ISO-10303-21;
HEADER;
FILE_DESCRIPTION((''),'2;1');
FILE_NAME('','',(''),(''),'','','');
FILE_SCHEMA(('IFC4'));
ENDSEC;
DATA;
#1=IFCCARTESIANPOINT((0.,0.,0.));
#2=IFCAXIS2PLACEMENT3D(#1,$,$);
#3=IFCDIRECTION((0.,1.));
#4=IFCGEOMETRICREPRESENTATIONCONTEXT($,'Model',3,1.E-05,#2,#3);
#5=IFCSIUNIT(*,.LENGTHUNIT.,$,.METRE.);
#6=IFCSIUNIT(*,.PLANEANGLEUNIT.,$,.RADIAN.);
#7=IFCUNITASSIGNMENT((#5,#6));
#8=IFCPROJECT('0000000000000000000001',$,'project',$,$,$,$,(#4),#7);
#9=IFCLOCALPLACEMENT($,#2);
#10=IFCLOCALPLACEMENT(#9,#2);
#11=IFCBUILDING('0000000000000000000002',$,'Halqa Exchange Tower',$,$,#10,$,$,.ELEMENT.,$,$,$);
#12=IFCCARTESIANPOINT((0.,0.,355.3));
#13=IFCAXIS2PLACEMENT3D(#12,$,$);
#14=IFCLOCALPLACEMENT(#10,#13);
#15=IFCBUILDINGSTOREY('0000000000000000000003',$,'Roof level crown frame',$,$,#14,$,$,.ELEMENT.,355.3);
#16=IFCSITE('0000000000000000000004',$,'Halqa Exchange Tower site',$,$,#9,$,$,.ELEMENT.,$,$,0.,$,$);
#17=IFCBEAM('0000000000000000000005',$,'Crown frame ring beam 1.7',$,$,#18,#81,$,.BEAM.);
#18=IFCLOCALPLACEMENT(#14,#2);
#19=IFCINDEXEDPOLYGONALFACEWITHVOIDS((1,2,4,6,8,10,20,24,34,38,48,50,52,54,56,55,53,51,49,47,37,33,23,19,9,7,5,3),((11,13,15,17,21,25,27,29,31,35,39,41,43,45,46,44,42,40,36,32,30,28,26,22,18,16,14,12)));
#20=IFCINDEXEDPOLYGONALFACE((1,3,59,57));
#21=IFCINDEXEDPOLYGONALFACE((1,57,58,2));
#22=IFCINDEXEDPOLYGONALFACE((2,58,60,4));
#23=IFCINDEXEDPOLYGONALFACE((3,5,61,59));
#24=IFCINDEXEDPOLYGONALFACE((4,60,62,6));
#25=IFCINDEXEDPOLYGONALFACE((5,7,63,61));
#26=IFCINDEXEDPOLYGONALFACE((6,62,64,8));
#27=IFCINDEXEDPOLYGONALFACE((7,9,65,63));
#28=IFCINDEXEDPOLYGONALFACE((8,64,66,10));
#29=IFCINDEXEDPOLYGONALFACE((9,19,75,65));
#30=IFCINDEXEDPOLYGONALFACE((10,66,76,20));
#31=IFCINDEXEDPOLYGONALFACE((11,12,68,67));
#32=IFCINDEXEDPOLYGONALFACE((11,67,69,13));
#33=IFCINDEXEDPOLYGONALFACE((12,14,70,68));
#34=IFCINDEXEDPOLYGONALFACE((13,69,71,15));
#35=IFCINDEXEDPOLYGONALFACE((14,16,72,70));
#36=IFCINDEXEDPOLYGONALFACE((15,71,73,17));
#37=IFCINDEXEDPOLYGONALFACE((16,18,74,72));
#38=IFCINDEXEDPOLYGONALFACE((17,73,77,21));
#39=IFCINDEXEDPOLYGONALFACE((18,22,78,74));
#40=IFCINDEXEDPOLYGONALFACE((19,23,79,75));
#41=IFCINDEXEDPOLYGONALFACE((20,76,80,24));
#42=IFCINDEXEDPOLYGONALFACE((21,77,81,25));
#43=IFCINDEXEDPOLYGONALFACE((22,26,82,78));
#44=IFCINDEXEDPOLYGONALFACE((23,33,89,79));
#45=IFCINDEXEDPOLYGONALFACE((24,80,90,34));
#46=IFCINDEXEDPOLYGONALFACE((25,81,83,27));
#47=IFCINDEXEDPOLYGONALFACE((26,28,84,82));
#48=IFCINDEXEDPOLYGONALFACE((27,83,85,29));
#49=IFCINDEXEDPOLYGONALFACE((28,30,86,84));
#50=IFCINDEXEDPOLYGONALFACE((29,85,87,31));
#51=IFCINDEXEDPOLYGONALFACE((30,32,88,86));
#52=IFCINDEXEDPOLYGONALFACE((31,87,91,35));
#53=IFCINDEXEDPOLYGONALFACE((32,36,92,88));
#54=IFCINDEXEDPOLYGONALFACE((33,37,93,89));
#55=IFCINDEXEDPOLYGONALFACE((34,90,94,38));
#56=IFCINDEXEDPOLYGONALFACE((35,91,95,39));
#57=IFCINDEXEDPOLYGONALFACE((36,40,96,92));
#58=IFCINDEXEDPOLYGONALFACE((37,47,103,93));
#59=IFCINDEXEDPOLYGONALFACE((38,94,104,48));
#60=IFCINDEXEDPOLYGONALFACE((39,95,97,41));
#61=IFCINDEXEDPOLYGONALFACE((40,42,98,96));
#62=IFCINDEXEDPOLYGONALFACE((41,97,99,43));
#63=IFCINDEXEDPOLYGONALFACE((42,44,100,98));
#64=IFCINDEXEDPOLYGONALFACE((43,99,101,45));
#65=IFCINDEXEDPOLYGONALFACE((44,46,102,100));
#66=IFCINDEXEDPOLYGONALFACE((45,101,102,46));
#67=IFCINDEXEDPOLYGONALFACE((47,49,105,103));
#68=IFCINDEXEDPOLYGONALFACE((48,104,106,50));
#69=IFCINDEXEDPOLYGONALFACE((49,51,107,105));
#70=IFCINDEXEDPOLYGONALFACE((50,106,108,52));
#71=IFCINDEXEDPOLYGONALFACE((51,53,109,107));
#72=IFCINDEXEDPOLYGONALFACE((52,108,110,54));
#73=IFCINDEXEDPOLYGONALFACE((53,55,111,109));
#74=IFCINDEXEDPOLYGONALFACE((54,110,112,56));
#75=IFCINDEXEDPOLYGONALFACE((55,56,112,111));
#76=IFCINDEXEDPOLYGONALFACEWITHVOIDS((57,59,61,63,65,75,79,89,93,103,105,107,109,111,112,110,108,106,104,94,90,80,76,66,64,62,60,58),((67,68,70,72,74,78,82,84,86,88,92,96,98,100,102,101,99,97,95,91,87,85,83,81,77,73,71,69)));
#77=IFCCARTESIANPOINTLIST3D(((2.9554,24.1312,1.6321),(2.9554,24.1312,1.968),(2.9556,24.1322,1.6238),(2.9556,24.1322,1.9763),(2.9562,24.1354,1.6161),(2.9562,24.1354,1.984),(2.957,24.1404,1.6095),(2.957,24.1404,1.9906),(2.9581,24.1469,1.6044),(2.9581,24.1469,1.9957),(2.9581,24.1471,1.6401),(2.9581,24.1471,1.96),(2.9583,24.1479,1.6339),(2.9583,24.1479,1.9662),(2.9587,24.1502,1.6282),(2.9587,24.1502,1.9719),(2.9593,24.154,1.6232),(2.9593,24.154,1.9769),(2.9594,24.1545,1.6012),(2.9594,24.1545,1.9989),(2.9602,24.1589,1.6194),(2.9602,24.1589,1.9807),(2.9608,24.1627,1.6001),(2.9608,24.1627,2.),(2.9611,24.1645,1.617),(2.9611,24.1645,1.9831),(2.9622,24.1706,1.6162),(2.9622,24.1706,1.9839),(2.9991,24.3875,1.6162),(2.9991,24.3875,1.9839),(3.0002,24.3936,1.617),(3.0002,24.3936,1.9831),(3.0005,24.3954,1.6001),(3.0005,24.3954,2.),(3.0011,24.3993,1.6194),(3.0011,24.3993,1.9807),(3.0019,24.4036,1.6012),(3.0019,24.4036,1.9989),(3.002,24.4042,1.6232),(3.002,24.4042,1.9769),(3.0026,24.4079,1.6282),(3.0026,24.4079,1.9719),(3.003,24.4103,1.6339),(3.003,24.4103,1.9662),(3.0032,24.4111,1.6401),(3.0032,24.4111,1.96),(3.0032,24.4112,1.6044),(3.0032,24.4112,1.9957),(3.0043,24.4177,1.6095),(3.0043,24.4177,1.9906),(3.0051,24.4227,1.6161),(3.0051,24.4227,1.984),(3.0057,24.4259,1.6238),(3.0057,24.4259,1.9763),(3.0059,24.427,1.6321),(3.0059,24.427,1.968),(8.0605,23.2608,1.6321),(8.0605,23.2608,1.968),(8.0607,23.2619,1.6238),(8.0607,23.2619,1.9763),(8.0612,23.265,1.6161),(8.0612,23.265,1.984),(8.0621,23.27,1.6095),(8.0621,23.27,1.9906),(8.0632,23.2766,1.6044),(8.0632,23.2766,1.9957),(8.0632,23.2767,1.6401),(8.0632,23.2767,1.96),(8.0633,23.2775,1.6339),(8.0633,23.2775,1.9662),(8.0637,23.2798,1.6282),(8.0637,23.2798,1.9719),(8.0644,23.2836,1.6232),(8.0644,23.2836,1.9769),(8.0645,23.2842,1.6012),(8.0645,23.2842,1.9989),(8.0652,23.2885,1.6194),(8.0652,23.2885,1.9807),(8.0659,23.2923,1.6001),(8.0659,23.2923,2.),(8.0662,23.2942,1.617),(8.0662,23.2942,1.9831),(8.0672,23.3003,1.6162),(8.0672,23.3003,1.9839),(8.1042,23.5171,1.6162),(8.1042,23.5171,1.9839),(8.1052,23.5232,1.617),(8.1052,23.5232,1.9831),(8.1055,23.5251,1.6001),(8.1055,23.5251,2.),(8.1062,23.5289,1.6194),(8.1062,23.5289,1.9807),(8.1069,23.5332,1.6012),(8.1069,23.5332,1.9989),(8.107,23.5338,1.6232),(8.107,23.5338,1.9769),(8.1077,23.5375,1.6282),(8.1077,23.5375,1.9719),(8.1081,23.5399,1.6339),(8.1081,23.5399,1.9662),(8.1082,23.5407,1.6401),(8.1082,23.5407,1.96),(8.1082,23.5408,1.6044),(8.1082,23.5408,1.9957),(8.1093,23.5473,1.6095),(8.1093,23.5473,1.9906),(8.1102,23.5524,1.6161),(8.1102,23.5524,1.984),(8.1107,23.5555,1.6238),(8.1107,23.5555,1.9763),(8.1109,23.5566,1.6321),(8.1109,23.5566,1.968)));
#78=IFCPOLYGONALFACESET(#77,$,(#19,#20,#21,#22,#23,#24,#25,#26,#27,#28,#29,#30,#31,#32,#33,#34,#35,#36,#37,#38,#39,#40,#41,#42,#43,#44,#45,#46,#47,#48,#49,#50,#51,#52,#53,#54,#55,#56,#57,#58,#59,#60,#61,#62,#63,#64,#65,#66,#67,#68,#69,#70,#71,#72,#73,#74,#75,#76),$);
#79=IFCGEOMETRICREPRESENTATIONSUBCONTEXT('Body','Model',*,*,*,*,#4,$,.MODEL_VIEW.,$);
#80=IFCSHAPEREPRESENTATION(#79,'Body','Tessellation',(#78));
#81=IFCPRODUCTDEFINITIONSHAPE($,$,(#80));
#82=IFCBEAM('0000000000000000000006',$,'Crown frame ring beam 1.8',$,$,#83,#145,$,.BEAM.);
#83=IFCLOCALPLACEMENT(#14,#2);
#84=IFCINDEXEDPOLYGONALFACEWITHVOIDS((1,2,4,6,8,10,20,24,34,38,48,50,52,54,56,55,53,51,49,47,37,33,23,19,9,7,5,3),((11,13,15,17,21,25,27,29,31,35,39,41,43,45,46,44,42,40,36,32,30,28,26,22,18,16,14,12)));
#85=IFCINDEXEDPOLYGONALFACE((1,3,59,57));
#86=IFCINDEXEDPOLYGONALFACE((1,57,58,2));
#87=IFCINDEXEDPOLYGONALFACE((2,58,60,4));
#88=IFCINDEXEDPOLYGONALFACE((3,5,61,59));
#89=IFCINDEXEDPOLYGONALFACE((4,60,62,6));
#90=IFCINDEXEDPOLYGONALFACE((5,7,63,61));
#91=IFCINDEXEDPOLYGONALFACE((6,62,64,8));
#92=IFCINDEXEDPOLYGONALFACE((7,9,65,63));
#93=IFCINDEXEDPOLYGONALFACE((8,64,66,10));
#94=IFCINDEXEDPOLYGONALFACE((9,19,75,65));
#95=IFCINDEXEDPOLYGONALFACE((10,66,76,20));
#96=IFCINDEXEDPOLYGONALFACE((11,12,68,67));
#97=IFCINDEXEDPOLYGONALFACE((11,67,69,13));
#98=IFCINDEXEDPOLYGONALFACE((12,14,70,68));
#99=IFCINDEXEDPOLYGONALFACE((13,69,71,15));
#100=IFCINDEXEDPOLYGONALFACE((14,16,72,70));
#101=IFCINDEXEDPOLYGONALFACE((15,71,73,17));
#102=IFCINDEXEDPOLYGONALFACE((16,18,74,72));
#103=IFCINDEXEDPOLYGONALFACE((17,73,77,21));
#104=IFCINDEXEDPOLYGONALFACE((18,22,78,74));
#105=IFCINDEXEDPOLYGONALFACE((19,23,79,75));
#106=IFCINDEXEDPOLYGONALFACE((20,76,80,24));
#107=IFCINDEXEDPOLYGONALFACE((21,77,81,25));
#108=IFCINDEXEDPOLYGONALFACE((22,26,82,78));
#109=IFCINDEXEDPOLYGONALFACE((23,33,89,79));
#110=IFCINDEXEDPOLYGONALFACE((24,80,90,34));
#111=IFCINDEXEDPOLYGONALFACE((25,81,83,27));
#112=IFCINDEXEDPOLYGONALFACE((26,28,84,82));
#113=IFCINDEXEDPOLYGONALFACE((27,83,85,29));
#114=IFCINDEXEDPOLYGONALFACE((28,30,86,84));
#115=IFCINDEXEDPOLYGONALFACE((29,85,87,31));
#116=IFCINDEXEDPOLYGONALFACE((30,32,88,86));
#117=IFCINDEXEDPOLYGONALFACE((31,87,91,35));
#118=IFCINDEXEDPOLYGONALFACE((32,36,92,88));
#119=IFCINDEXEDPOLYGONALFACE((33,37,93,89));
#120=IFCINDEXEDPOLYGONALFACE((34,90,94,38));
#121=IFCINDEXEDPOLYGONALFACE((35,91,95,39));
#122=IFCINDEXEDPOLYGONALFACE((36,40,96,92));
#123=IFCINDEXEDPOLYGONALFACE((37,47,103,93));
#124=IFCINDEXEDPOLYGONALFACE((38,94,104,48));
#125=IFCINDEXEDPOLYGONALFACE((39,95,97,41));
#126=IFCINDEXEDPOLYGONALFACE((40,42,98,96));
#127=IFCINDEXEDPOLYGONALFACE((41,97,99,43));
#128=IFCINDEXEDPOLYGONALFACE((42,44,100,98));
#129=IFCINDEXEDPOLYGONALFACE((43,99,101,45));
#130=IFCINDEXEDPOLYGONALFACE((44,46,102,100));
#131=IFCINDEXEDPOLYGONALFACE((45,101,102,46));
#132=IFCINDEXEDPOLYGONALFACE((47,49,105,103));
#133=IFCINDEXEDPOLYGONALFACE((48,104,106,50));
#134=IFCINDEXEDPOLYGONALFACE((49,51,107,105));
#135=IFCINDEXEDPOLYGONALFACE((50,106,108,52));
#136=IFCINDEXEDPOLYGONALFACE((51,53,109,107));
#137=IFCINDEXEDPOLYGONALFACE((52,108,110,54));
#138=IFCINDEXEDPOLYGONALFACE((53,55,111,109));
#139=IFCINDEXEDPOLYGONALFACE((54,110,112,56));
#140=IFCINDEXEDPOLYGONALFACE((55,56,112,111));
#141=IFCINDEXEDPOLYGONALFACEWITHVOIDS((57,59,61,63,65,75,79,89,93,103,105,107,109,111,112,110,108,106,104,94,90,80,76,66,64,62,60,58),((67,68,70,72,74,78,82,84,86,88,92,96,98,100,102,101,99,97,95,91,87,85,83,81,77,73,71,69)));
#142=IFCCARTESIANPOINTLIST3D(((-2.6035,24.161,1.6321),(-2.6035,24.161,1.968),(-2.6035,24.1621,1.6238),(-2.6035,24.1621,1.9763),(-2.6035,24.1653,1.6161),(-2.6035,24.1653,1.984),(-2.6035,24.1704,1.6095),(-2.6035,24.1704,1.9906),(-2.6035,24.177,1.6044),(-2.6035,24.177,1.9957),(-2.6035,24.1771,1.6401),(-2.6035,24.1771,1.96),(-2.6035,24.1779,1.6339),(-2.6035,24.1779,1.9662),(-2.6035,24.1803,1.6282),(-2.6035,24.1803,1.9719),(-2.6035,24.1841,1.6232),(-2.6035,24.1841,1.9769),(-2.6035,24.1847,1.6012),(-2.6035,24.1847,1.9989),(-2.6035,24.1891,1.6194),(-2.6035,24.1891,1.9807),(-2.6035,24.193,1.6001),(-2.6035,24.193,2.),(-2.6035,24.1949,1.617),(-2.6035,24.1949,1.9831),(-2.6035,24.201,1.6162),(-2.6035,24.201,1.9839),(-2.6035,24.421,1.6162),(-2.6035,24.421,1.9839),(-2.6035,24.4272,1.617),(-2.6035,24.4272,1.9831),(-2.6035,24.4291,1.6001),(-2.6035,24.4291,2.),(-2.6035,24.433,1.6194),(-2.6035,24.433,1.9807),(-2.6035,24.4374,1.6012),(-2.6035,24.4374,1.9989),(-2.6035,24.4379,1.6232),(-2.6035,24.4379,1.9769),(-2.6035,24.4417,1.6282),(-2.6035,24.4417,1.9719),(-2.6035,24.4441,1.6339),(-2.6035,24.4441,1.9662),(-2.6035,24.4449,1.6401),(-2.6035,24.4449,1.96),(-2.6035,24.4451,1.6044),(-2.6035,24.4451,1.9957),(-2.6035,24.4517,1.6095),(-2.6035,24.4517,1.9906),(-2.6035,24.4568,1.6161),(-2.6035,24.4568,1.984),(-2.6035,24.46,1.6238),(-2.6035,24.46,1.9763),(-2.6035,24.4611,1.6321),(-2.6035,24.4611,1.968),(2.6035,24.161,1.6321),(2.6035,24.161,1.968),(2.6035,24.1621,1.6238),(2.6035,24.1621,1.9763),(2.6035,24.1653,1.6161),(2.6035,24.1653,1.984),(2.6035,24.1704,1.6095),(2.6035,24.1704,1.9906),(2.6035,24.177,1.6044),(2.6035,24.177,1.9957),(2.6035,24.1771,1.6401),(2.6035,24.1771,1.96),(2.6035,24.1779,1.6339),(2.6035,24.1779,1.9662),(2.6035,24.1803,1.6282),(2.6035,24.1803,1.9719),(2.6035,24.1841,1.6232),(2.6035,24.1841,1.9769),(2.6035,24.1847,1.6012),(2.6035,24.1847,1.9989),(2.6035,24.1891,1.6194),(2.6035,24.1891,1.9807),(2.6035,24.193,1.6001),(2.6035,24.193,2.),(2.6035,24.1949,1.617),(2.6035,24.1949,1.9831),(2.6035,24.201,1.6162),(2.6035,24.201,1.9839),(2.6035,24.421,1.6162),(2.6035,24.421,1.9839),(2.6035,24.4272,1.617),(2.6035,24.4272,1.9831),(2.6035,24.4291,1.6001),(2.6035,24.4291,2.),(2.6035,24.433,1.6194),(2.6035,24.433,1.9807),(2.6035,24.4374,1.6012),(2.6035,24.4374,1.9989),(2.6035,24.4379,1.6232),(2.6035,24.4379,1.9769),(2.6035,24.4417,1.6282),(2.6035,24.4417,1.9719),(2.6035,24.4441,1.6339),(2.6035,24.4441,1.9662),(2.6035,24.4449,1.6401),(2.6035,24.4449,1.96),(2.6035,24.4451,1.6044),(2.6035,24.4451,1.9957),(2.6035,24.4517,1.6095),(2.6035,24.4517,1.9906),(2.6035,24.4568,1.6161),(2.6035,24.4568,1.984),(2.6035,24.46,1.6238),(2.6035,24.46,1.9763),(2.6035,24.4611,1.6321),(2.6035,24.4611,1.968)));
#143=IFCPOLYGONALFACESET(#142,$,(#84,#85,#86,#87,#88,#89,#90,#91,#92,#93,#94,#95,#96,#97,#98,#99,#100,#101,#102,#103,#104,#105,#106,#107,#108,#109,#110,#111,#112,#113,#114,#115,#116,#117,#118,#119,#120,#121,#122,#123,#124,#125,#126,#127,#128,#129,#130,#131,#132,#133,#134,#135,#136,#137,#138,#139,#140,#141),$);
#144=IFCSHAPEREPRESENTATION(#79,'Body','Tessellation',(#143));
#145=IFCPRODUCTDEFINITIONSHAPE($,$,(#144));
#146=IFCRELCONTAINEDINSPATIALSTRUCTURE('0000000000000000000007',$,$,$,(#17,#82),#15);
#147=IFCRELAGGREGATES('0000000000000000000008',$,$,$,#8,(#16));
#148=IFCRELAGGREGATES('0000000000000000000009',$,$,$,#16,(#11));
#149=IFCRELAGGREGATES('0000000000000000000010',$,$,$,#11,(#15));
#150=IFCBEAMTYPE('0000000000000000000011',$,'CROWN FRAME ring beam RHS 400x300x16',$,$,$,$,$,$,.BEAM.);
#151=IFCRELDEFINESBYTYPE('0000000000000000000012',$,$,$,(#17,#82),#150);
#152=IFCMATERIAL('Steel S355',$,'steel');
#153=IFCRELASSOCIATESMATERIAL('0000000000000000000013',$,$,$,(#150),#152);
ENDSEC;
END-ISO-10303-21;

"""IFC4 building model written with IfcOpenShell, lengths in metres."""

from ifc_helpers import new_model, si_unit, direction, frame, origin, origin_2d, place, context, subcontext, project, spatial, hollow_rectangle, extrude, material, material_profile, profile_set, type_object, element, save


model = new_model("IFC4")

# Units and contexts
model_context = context("Model", 3, precision=1e-05, world=origin(), true_north=direction((0.0, 1.0)))
body_context = subcontext(model_context, "Body", "Model", "MODEL_VIEW")
ifc_project = project(units=[si_unit("LENGTHUNIT", "METRE"), si_unit("PLANEANGLEUNIT", "RADIAN")], contexts=[model_context])

# Site, building, storey
site_placement = place(None, origin())
site = spatial("IfcSite", under=ifc_project, at=site_placement, Name="Halqa Exchange Tower site", CompositionType="ELEMENT", RefElevation=0.0)
building_placement = place(site_placement, origin())
building = spatial("IfcBuilding", under=site, at=building_placement, Name="Halqa Exchange Tower", CompositionType="ELEMENT")
storey_placement = place(building_placement, frame((0.0, 0.0, 355.3)))
storey = spatial("IfcBuildingStorey", under=building, at=storey_placement, Name="Roof level crown frame", CompositionType="ELEMENT", Elevation=355.3)

# Shared definitions
ifc_material_1 = material(Name="Steel S355", Category="steel")

# Beams
ifc_material_profile_1 = material_profile(ifc_material_1, hollow_rectangle(XDim=0.3, YDim=0.3999, WallThickness=0.0161, InnerFilletRadius=0.0239, OuterFilletRadius=0.032, at=origin_2d()), Name="RHS 400x300x16")
ifc_profile_set_1 = profile_set([ifc_material_profile_1], Name="Steel S355")
beam_type = type_object("IfcBeamType", Name="CROWN FRAME ring beam RHS 400x300x16", PredefinedType="BEAM", material=ifc_profile_set_1)
beam_1_placement = place(storey_placement, frame((8.0857, 23.4087, 1.8), z_axis=(-0.985776, 0.168067, 0.0), x_axis=(-0.168067, -0.985776, 0.0)))
element("IfcBeam", 1, at=beam_1_placement, inside=storey, type_object=beam_type, Name="Crown frame ring beam 1.7", PredefinedType="BEAM", context=body_context, shape_type="SweptSolid", body=[
    extrude(hollow_rectangle(XDim=0.3, YDim=0.3999, WallThickness=0.0161, InnerFilletRadius=0.0239, OuterFilletRadius=0.032, at=origin_2d()), origin(), (0.0, 0.0, 1.0), 5.1787),
])
beam_2_placement = place(storey_placement, frame((2.6035, 24.311, 1.8), z_axis=(-1.0, 0.0, 0.0), x_axis=(0.0, -1.0, 0.0)))
element("IfcBeam", 2, at=beam_2_placement, inside=storey, type_object=beam_type, Name="Crown frame ring beam 1.8", PredefinedType="BEAM", context=body_context, shape_type="SweptSolid", body=[
    extrude(hollow_rectangle(XDim=0.3, YDim=0.3999, WallThickness=0.0161, InnerFilletRadius=0.0239, OuterFilletRadius=0.032, at=origin_2d()), origin(), (0.0, 0.0, 1.0), 5.207),
])

save(model, "model.ifc")
